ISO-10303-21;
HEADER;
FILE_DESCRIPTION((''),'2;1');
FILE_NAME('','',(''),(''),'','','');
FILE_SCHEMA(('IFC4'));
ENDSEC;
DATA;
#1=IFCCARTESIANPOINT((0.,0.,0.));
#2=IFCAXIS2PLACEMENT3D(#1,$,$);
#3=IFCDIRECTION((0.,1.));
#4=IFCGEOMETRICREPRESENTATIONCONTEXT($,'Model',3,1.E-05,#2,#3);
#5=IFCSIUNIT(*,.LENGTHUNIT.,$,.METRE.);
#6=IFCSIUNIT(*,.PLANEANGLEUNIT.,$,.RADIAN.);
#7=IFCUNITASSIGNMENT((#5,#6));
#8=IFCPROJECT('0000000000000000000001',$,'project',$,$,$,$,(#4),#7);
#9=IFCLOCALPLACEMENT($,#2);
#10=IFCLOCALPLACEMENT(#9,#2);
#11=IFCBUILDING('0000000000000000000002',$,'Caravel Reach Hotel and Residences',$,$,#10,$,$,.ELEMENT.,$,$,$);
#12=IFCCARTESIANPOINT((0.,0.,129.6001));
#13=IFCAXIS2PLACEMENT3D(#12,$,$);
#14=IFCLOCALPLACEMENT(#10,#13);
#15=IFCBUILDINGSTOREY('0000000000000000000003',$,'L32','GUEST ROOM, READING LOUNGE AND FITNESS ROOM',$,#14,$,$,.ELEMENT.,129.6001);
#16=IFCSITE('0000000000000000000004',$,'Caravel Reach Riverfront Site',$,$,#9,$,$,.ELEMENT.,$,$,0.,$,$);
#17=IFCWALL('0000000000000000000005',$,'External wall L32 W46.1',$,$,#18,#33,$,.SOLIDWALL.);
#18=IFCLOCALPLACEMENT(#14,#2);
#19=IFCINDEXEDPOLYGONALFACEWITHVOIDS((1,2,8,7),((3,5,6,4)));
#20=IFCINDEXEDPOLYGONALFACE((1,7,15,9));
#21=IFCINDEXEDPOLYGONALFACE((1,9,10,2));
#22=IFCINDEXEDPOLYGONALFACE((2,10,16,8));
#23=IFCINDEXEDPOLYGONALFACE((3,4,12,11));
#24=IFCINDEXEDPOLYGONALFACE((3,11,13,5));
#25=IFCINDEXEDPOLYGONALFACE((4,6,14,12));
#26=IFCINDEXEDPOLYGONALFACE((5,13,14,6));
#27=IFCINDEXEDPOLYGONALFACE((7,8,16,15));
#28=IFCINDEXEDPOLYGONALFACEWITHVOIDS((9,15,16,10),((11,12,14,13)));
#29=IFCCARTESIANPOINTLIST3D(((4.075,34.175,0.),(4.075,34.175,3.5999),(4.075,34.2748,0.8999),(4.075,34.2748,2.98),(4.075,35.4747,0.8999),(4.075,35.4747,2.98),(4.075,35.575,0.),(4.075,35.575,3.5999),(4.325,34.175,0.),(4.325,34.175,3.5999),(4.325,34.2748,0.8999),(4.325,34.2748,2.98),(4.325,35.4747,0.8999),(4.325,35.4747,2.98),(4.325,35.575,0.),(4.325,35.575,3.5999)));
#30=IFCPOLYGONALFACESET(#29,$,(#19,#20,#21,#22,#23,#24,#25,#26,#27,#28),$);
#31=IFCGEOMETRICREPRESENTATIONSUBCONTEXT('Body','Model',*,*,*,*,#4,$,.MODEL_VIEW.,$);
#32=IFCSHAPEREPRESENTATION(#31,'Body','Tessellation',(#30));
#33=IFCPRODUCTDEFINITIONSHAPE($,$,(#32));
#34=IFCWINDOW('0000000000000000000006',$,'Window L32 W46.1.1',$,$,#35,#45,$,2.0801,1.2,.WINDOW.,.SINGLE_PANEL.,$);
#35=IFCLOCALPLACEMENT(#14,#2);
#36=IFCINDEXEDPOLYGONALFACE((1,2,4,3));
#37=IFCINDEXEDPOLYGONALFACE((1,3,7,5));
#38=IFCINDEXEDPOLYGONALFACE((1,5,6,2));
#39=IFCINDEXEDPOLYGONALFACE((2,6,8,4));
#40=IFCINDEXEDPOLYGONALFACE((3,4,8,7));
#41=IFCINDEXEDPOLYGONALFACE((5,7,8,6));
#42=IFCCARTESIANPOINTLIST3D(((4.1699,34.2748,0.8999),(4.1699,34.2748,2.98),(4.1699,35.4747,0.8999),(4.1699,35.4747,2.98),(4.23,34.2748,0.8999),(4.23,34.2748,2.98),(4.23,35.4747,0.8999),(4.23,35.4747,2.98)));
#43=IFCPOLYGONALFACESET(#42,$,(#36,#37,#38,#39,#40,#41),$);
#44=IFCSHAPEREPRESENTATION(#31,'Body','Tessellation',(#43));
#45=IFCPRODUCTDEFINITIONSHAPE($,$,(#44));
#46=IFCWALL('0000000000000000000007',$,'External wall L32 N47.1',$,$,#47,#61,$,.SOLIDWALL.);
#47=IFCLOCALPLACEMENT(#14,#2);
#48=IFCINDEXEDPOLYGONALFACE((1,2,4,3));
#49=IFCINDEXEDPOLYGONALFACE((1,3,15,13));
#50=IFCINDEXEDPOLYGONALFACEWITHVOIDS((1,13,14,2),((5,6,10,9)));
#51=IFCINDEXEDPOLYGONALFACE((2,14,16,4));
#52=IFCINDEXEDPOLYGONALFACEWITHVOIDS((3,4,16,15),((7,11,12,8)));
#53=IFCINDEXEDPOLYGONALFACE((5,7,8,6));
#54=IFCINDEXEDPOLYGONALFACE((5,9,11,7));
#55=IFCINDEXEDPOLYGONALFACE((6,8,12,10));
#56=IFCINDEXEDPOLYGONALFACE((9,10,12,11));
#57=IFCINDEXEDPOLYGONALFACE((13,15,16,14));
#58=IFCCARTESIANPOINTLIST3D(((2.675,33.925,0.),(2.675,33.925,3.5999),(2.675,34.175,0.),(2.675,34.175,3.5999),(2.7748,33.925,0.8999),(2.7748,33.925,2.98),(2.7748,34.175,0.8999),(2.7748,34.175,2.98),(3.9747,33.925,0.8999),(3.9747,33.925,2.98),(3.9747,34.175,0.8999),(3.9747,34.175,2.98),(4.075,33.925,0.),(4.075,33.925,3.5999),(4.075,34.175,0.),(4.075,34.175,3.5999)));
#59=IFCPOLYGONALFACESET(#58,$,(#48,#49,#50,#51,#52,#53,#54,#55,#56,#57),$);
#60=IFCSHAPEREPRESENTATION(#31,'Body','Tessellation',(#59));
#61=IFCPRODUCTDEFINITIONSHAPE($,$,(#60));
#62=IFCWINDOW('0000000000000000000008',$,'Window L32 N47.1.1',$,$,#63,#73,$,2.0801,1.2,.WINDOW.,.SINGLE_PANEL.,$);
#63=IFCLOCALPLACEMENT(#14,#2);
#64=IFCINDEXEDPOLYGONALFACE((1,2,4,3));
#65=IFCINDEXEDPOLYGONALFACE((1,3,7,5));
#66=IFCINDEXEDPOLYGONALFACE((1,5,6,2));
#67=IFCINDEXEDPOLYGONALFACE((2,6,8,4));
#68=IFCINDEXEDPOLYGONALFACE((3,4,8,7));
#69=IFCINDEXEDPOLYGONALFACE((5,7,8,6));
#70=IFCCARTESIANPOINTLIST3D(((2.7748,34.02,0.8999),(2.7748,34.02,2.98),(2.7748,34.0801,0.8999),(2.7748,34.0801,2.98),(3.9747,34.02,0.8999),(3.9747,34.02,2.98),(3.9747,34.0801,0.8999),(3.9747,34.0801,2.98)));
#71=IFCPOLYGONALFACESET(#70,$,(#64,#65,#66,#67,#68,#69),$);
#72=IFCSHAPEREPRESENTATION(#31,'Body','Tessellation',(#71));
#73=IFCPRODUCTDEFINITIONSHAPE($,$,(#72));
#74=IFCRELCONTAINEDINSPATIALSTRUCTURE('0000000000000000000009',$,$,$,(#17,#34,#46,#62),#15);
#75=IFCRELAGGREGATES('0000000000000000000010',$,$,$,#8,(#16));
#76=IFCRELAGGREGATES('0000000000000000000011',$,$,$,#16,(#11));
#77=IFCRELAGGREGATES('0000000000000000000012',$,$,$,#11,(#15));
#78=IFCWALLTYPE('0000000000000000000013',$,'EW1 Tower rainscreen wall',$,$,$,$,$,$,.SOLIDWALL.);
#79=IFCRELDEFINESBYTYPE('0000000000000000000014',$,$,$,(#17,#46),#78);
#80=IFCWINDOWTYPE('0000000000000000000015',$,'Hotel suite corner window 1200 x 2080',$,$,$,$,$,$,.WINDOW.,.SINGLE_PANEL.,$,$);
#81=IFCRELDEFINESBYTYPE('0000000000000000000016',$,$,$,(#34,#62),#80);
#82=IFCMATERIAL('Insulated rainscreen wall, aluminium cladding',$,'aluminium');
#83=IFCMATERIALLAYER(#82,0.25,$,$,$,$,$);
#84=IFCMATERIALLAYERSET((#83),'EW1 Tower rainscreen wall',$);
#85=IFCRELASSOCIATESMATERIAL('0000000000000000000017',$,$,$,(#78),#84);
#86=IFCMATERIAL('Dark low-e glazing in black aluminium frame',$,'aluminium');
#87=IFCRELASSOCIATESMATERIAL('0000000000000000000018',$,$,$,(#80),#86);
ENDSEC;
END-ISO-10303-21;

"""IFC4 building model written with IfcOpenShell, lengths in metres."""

from ifc_helpers import new_model, si_unit, direction, frame, frame_2d, origin, place, context, subcontext, project, spatial, rectangle, extrude, material, layer, layer_set, type_object, element, fill, save


model = new_model("IFC4")

# Units and contexts
model_context = context("Model", 3, precision=1e-05, world=origin(), true_north=direction((0.0, 1.0)))
body_context = subcontext(model_context, "Body", "Model", "MODEL_VIEW")
ifc_project = project(units=[si_unit("LENGTHUNIT", "METRE"), si_unit("PLANEANGLEUNIT", "RADIAN")], contexts=[model_context])

# Site, building, storey
site_placement = place(None, origin())
site = spatial("IfcSite", under=ifc_project, at=site_placement, Name="Caravel Reach Riverfront Site", CompositionType="ELEMENT", RefElevation=0.0)
building_placement = place(site_placement, origin())
building = spatial("IfcBuilding", under=site, at=building_placement, Name="Caravel Reach Hotel and Residences", CompositionType="ELEMENT")
storey_placement = place(building_placement, frame((0.0, 0.0, 129.6001)))
storey = spatial("IfcBuildingStorey", under=building, at=storey_placement, Name="L32", Description="GUEST ROOM, READING LOUNGE AND FITNESS ROOM", CompositionType="ELEMENT", Elevation=129.6001)

# Walls, openings, windows
ifc_material_1 = material(Name="Insulated rainscreen wall, aluminium cladding", Category="aluminium")
ifc_layer = layer(ifc_material_1, 0.25)
ifc_layer_set = layer_set([ifc_layer], Name="EW1 Tower rainscreen wall")
wall_type = type_object("IfcWallType", Name="EW1 Tower rainscreen wall", PredefinedType="SOLIDWALL", material=ifc_layer_set)
wall_1_placement = place(storey_placement, frame((4.2, 35.575, 0.0), z_axis=(0.0, 0.0, 1.0), x_axis=(0.0, -1.0, 0.0)))
wall_1 = element("IfcWall", 1, at=wall_1_placement, inside=storey, type_object=wall_type, Name="External wall L32 W46.1", PredefinedType="SOLIDWALL", context=body_context, shape_type="SweptSolid", body=[
    extrude(rectangle(XDim=1.3999, YDim=0.25, at=frame_2d((0.7, 0.0))), origin(), (0.0, 0.0, 1.0), 3.5999),
])
opening_1_placement = place(wall_1_placement, frame((0.1001, 0.0, 0.8999)))
opening_1 = element("IfcOpeningElement", 2, at=opening_1_placement, cuts=wall_1, PredefinedType="OPENING", context=body_context, shape_type="SweptSolid", body=[
    extrude(rectangle(XDim=1.2, YDim=2.0801, at=frame_2d((0.6001, 1.04))), frame((0.0, 0.135, 0.0), z_axis=(0.0, -1.0, 0.0), x_axis=(1.0, 0.0, 0.0)), (0.0, 0.0, 1.0), 0.27),
])
ifc_material_2 = material(Name="Dark low-e glazing in black aluminium frame", Category="aluminium")
window_type = type_object("IfcWindowType", Name="Hotel suite corner window 1200 x 2080", PartitioningType="SINGLE_PANEL", PredefinedType="WINDOW", material=ifc_material_2)
window_1_placement = place(opening_1_placement, origin())
window_1 = element("IfcWindow", 3, at=window_1_placement, inside=storey, type_object=window_type, Name="Window L32 W46.1.1", OverallHeight=2.0801, OverallWidth=1.2, PartitioningType="SINGLE_PANEL", PredefinedType="WINDOW", context=body_context, shape_type="SweptSolid", body=[
    extrude(rectangle(XDim=1.2, YDim=2.0801, at=frame_2d((0.6001, 1.04))), frame((0.0, 0.03, 0.0), z_axis=(0.0, -1.0, 0.0), x_axis=(1.0, 0.0, 0.0)), (0.0, 0.0, 1.0), 0.0601),
])
fill(opening_1, window_1)
wall_2_placement = place(storey_placement, frame((4.075, 34.05, 0.0), z_axis=(0.0, 0.0, 1.0), x_axis=(-1.0, 0.0, 0.0)))
wall_2 = element("IfcWall", 4, at=wall_2_placement, inside=storey, type_object=wall_type, Name="External wall L32 N47.1", PredefinedType="SOLIDWALL", context=body_context, shape_type="SweptSolid", body=[
    extrude(rectangle(XDim=1.3999, YDim=0.25, at=frame_2d((0.7, 0.0))), origin(), (0.0, 0.0, 1.0), 3.5999),
])
opening_2_placement = place(wall_2_placement, frame((0.1001, 0.0, 0.8999)))
opening_2 = element("IfcOpeningElement", 5, at=opening_2_placement, cuts=wall_2, PredefinedType="OPENING", context=body_context, shape_type="SweptSolid", body=[
    extrude(rectangle(XDim=1.2, YDim=2.0801, at=frame_2d((0.6001, 1.04))), frame((0.0, 0.135, 0.0), z_axis=(0.0, -1.0, 0.0), x_axis=(1.0, 0.0, 0.0)), (0.0, 0.0, 1.0), 0.27),
])
window_2_placement = place(opening_2_placement, origin())
window_2 = element("IfcWindow", 6, at=window_2_placement, inside=storey, type_object=window_type, Name="Window L32 N47.1.1", OverallHeight=2.0801, OverallWidth=1.2, PartitioningType="SINGLE_PANEL", PredefinedType="WINDOW", context=body_context, shape_type="SweptSolid", body=[
    extrude(rectangle(XDim=1.2, YDim=2.0801, at=frame_2d((0.6001, 1.04))), frame((0.0, 0.03, 0.0), z_axis=(0.0, -1.0, 0.0), x_axis=(1.0, 0.0, 0.0)), (0.0, 0.0, 1.0), 0.0601),
])
fill(opening_2, window_2)

save(model, "model.ifc")
